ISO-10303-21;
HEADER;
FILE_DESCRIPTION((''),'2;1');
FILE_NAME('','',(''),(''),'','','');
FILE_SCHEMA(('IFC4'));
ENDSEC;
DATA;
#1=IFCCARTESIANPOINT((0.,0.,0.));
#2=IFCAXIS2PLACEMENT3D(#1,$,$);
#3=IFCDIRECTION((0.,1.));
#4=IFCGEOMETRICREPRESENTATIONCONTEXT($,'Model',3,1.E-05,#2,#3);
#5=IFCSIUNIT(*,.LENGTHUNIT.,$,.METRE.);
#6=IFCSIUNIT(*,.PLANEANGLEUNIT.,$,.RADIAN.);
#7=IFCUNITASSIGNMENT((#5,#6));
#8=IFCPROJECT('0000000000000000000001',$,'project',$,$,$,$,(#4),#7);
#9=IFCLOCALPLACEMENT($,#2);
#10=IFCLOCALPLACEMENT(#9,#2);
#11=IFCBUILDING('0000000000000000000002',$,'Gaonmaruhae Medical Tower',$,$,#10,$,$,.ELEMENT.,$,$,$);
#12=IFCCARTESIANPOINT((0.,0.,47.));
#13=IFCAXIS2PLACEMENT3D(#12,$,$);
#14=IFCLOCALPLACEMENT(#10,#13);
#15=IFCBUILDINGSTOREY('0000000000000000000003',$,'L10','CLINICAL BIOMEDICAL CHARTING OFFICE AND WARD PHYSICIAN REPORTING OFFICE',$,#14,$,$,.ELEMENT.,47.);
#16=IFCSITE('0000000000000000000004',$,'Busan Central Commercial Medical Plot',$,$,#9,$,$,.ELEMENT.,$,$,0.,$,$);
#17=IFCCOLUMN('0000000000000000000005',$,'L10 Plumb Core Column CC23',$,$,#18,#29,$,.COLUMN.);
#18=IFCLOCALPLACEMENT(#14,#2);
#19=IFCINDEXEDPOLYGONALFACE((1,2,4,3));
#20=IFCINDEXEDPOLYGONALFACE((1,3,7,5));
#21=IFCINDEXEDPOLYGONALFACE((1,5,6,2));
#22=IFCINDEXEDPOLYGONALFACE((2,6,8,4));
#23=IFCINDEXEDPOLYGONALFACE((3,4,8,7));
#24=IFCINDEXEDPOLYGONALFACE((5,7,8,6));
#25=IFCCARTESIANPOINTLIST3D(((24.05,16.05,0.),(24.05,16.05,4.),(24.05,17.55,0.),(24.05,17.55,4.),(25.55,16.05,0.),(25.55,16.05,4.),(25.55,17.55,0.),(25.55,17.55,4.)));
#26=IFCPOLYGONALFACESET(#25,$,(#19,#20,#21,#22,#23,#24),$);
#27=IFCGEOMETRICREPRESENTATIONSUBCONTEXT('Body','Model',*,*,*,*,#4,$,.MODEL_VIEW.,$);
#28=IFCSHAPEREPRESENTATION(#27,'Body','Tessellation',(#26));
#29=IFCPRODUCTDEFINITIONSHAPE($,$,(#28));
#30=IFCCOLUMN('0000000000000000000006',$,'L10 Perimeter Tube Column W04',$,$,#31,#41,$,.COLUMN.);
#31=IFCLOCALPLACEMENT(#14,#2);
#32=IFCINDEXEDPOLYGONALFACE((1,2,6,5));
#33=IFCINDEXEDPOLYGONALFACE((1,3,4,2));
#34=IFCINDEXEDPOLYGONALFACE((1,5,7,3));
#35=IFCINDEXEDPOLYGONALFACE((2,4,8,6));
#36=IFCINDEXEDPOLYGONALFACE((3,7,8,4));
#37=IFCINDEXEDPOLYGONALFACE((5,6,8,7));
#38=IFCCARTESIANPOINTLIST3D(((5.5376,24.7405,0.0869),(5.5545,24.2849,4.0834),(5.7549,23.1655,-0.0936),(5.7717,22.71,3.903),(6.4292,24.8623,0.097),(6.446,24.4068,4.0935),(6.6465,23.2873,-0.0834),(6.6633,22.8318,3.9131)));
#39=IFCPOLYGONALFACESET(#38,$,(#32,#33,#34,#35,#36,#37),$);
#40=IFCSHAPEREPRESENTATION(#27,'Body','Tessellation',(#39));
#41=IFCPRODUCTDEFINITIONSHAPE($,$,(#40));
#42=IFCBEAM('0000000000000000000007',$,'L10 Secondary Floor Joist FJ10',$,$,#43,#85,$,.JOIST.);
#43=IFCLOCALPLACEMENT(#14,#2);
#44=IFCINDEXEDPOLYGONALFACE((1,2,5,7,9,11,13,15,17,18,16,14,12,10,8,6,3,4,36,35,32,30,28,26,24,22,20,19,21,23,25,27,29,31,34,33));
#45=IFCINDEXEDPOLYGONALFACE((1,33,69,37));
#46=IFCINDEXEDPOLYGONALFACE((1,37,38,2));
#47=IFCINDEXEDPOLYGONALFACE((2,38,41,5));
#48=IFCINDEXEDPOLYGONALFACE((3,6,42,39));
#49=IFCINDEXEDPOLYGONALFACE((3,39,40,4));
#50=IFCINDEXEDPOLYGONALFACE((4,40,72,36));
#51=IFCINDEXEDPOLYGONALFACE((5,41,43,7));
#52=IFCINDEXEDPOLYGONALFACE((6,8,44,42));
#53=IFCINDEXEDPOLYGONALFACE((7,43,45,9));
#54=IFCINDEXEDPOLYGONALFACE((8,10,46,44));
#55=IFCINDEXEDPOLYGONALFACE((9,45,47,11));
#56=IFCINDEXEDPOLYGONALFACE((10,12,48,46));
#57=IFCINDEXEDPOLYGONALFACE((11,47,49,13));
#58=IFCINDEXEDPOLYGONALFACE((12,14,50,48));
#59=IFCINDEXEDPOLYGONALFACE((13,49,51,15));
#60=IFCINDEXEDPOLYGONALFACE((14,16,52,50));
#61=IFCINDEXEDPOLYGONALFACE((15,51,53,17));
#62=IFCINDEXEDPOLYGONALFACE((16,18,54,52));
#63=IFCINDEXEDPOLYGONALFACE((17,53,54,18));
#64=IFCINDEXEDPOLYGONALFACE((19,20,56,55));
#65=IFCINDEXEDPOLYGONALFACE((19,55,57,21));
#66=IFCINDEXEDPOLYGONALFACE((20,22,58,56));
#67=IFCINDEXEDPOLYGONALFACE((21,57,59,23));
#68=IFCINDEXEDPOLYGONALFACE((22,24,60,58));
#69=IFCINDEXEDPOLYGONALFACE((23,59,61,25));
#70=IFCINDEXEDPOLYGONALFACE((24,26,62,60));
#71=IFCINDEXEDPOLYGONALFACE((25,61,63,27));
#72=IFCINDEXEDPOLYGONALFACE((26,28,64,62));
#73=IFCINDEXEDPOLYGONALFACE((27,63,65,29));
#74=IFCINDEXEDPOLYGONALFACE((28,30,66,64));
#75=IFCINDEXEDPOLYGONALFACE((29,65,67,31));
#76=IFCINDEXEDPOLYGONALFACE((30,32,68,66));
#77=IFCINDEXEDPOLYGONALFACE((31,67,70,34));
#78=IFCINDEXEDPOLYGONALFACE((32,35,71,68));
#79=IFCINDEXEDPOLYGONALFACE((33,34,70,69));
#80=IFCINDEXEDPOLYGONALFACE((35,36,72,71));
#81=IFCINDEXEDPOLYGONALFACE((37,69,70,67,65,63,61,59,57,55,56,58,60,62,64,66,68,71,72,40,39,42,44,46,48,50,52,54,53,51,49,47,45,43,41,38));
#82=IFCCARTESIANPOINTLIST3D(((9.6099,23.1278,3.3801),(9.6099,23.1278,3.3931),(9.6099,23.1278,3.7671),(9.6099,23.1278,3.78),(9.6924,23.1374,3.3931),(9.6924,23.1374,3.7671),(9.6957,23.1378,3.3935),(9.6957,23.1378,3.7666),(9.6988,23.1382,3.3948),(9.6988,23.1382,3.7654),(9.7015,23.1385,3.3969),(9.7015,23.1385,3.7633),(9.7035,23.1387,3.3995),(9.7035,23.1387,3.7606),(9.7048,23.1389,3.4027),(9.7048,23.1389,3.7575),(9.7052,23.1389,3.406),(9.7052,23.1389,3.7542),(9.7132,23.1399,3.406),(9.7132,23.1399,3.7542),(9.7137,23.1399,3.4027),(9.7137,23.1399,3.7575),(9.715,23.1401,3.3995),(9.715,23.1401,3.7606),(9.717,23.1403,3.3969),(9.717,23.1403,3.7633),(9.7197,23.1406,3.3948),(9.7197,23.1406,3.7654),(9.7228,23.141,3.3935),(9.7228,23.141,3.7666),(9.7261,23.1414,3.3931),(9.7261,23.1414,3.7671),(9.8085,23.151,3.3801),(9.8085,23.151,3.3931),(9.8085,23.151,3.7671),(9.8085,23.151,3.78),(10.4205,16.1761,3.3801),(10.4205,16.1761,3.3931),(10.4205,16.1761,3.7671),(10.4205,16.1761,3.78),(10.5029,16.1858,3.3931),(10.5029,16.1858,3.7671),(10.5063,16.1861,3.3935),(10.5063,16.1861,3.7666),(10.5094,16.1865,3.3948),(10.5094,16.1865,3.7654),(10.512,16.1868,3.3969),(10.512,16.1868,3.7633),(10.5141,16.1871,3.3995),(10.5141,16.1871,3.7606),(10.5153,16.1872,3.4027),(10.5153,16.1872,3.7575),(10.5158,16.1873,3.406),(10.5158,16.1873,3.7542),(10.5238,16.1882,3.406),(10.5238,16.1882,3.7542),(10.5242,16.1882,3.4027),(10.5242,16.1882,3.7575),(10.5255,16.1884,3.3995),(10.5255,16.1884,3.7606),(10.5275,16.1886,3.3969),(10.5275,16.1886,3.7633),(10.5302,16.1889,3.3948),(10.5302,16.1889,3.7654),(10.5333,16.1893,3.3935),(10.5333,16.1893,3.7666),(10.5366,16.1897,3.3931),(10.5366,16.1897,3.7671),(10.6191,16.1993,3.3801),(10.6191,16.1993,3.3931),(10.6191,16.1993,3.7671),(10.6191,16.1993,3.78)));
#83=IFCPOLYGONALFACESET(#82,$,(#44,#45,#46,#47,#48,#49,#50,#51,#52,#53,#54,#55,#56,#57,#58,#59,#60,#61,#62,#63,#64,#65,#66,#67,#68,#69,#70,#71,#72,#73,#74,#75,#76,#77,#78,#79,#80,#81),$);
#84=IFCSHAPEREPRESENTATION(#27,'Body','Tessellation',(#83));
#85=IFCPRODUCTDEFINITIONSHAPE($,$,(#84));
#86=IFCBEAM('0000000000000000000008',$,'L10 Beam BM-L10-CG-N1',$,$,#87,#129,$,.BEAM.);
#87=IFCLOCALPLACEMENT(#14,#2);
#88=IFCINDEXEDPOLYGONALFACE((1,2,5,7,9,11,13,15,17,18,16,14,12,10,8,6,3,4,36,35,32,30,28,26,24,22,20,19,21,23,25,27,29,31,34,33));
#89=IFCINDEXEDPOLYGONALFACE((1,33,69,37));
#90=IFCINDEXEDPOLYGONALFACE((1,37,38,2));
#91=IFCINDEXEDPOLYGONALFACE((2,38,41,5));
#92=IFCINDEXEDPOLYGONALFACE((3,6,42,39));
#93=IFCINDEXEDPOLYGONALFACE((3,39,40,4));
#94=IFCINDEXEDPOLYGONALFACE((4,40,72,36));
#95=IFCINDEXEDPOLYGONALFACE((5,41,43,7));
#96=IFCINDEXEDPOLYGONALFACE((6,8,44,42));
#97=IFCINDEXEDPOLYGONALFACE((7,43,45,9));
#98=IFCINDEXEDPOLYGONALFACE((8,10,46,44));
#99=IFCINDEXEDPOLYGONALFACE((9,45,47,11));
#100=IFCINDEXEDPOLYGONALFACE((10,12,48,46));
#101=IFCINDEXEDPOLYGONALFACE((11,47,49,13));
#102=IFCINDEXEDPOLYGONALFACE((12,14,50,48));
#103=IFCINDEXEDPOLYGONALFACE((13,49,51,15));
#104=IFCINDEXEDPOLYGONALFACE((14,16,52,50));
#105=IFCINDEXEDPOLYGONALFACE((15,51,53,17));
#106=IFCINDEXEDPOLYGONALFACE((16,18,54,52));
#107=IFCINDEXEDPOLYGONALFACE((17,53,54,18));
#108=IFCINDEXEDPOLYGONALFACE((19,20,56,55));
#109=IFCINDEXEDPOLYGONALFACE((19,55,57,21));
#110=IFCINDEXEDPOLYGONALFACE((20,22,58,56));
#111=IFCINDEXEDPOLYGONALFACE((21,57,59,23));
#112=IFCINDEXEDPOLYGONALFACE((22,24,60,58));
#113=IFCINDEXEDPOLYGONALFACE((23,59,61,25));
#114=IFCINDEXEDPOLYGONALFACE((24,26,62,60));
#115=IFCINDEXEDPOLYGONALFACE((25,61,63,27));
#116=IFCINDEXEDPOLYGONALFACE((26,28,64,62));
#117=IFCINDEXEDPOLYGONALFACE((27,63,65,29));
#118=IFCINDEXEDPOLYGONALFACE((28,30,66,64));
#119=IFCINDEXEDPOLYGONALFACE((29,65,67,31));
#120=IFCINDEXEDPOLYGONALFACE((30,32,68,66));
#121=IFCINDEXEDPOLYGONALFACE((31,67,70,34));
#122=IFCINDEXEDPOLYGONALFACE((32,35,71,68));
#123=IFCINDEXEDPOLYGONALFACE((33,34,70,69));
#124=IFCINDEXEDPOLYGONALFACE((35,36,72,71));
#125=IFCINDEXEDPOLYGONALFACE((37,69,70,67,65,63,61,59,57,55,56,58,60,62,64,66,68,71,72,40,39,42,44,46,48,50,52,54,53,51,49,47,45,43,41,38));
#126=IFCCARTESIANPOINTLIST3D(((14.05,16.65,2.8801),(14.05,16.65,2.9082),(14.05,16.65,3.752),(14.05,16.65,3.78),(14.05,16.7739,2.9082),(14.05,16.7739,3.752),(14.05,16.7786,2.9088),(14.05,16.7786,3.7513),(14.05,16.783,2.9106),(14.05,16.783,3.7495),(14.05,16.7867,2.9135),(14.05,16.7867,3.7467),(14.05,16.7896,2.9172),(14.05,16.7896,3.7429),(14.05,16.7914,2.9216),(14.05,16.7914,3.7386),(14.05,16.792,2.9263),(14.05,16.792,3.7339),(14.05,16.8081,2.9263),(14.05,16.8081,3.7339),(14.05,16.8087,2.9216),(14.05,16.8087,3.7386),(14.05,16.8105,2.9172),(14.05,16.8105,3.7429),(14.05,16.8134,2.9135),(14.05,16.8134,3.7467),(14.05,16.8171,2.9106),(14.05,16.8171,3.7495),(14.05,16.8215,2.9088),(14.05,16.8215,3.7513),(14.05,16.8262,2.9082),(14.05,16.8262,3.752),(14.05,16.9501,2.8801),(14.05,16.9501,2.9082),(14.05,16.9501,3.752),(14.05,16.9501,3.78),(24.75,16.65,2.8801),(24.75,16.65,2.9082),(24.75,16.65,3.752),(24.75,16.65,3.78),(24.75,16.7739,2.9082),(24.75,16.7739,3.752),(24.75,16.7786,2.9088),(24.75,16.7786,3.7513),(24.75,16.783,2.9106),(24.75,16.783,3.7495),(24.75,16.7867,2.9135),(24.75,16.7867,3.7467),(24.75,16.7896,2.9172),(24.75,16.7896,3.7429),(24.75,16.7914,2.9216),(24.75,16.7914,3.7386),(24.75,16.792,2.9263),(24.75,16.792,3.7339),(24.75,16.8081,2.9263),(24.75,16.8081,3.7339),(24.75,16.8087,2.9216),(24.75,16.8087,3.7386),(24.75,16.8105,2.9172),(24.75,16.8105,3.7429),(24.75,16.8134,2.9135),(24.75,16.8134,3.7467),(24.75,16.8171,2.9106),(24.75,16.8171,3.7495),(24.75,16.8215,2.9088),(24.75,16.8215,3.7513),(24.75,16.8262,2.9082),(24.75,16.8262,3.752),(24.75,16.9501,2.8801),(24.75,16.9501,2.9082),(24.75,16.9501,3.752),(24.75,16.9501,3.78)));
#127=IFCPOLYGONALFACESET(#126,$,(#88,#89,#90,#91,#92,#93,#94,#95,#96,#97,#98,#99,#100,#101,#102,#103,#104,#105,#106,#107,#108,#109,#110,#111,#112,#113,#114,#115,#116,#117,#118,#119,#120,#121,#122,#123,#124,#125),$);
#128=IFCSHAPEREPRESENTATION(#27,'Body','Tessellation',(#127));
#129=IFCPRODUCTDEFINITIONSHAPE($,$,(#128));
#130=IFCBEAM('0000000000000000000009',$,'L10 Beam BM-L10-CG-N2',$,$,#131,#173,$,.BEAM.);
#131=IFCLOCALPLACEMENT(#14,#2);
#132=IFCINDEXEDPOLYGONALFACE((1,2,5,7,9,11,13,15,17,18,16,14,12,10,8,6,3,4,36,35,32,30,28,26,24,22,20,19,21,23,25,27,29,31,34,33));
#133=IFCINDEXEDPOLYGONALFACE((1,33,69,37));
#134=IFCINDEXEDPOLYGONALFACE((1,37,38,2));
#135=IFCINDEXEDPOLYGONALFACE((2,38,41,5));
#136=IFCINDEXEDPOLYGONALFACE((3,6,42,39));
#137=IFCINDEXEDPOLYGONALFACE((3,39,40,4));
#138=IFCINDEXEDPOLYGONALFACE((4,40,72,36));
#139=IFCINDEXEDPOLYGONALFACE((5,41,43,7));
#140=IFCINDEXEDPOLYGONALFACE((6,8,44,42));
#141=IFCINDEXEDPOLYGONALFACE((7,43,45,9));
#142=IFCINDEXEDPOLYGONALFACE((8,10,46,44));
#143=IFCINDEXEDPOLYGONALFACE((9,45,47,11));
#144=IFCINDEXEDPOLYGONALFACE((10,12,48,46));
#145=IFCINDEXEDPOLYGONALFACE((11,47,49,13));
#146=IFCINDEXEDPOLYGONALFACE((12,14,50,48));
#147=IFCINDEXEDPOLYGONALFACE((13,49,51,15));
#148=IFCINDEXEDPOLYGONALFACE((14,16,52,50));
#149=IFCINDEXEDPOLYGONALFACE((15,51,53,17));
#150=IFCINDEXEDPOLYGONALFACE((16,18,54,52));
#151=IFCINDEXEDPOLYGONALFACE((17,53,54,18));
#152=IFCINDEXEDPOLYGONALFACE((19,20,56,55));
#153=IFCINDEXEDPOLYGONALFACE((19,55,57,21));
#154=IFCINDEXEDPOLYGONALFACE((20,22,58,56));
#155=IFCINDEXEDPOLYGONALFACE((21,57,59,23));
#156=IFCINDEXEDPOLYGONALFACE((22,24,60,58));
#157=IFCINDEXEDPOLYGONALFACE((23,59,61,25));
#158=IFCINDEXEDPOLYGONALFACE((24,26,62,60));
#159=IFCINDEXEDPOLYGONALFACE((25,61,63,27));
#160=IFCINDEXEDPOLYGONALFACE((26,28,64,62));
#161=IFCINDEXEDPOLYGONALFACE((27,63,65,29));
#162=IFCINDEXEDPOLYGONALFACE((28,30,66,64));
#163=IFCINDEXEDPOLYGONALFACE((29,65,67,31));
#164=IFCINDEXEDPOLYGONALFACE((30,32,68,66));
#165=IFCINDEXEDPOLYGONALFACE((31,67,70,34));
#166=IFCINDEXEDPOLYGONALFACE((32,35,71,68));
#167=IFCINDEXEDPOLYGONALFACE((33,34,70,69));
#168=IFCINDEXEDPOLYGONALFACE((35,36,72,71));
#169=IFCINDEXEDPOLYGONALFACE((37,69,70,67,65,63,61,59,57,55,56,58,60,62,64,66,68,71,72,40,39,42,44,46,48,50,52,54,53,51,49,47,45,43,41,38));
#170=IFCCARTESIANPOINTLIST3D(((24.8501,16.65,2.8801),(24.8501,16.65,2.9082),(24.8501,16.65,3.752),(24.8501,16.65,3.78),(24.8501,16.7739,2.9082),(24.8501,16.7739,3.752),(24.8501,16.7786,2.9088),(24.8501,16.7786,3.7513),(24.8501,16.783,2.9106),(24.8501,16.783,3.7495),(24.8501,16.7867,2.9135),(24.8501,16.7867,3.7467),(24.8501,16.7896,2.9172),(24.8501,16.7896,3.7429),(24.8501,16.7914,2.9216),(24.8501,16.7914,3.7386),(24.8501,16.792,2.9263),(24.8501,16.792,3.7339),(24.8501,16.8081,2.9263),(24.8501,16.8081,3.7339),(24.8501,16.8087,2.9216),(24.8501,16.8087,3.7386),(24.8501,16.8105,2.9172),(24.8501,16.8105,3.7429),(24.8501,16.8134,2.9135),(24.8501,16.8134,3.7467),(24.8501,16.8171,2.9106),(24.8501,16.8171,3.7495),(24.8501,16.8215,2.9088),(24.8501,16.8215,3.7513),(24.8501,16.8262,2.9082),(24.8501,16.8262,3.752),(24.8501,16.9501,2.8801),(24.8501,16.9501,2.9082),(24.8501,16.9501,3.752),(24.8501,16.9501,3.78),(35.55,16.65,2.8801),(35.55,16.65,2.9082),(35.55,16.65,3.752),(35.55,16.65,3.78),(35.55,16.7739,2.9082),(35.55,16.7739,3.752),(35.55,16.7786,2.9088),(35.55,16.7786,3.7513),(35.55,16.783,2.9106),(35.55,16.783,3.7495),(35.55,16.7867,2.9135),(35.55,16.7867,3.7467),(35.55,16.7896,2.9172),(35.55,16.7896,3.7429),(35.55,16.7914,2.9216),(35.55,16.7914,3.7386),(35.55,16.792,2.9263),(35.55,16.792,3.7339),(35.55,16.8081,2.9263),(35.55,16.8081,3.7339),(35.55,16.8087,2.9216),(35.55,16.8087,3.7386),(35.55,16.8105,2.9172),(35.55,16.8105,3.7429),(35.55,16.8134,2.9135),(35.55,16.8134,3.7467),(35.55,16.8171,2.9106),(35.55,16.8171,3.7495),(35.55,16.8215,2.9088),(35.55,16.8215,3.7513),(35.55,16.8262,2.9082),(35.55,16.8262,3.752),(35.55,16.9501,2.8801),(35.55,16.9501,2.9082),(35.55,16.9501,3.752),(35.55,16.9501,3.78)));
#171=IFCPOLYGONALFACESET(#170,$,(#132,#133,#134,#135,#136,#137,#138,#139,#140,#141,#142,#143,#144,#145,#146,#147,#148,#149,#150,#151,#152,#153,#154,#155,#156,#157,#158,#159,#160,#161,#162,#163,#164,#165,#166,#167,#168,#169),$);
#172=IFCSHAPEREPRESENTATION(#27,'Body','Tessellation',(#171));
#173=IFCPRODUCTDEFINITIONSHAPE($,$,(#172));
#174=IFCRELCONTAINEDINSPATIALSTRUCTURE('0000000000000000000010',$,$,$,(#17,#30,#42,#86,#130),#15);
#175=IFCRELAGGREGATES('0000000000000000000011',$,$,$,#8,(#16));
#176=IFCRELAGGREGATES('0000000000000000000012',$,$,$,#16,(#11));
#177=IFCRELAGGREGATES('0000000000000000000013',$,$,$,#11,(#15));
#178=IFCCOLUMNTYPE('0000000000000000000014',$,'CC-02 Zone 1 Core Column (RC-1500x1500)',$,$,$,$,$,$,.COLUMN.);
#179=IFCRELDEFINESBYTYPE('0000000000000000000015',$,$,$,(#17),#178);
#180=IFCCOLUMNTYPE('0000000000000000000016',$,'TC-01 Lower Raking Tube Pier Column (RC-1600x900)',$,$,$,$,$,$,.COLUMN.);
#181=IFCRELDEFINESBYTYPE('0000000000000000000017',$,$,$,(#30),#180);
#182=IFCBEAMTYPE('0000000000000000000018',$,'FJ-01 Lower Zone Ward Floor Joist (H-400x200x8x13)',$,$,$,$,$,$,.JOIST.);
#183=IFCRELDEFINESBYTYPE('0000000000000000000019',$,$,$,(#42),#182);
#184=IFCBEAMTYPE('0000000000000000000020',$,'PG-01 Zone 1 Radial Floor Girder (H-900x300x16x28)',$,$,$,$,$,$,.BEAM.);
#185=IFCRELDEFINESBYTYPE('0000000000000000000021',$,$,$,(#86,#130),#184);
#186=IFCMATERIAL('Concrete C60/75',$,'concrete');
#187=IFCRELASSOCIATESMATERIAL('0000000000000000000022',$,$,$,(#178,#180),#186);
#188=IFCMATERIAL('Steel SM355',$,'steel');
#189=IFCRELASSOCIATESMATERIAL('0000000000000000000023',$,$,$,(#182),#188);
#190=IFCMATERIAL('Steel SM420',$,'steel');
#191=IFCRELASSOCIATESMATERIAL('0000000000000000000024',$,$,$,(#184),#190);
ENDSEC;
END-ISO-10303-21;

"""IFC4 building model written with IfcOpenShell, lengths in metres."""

from ifc_helpers import new_model, si_unit, direction, frame, origin, origin_2d, place, context, subcontext, project, spatial, rectangle, i_section, extrude, material, material_profile, profile_set, type_object, element, save


model = new_model("IFC4")

# Units and contexts
model_context = context("Model", 3, precision=1e-05, world=origin(), true_north=direction((0.0, 1.0)))
body_context = subcontext(model_context, "Body", "Model", "MODEL_VIEW")
ifc_project = project(units=[si_unit("LENGTHUNIT", "METRE"), si_unit("PLANEANGLEUNIT", "RADIAN")], contexts=[model_context])

# Site, building, storey
site_placement = place(None, origin())
site = spatial("IfcSite", under=ifc_project, at=site_placement, Name="Busan Central Commercial Medical Plot", CompositionType="ELEMENT", RefElevation=0.0)
building_placement = place(site_placement, origin())
building = spatial("IfcBuilding", under=site, at=building_placement, Name="Gaonmaruhae Medical Tower", CompositionType="ELEMENT")
storey_placement = place(building_placement, frame((0.0, 0.0, 47.0)))
storey = spatial("IfcBuildingStorey", under=building, at=storey_placement, Name="L10", Description="CLINICAL BIOMEDICAL CHARTING OFFICE AND WARD PHYSICIAN REPORTING OFFICE", CompositionType="ELEMENT", Elevation=47.0)

# Columns
ifc_material_1 = material(Name="Concrete C60/75", Category="concrete")
ifc_material_profile_1 = material_profile(ifc_material_1, rectangle(XDim=1.5, YDim=1.5, at=origin_2d()), Name="RC-1500x1500")
ifc_profile_set_1 = profile_set([ifc_material_profile_1], Name="Concrete C60/75")
column_type_1 = type_object("IfcColumnType", Name="CC-02 Zone 1 Core Column (RC-1500x1500)", PredefinedType="COLUMN", material=ifc_profile_set_1)
column_1_placement = place(storey_placement, frame((24.8, 16.8, 0.0), z_axis=(0.0, 0.0, 1.0), x_axis=(1.0, 0.0, 0.0)))
element("IfcColumn", 1, at=column_1_placement, inside=storey, type_object=column_type_1, Name="L10 Plumb Core Column CC23", PredefinedType="COLUMN", context=body_context, shape_type="SweptSolid", body=[
    extrude(rectangle(XDim=1.5, YDim=1.5, at=origin_2d()), origin(), (0.0, 0.0, 1.0), 4.0),
])
ifc_material_profile_2 = material_profile(ifc_material_1, rectangle(XDim=1.6001, YDim=0.8999, at=origin_2d()), Name="RC-1600x900")
ifc_profile_set_2 = profile_set([ifc_material_profile_2], Name="Concrete C60/75")
column_type_2 = type_object("IfcColumnType", Name="TC-01 Lower Raking Tube Pier Column (RC-1600x900)", PredefinedType="COLUMN", material=ifc_profile_set_2)
column_2_placement = place(storey_placement, frame((6.092, 24.0139, 0.0017), z_axis=(0.004188, -0.113255, 0.993557), x_axis=(-0.135785, 0.984299, 0.112772)))
element("IfcColumn", 2, at=column_2_placement, inside=storey, type_object=column_type_2, Name="L10 Perimeter Tube Column W04", PredefinedType="COLUMN", context=body_context, shape_type="SweptSolid", body=[
    extrude(rectangle(XDim=1.6001, YDim=0.8999, at=origin_2d()), origin(), (0.0, 0.0, 1.0), 4.0225),
])

# Beams
ifc_material_2 = material(Name="Steel SM355", Category="steel")
ifc_material_profile_3 = material_profile(ifc_material_2, i_section(OverallWidth=0.2, OverallDepth=0.3999, WebThickness=0.0081, FlangeThickness=0.0129, FilletRadius=0.0129, at=origin_2d()), Name="H-400x200x8x13")
ifc_profile_set_3 = profile_set([ifc_material_profile_3], Name="Steel SM355")
beam_type_1 = type_object("IfcBeamType", Name="FJ-01 Lower Zone Ward Floor Joist (H-400x200x8x13)", PredefinedType="JOIST", material=ifc_profile_set_3)
beam_1_placement = place(storey_placement, frame((9.7092, 23.1394, 3.5801), z_axis=(0.115813, -0.993271, 0.0), x_axis=(0.993271, 0.115813, 0.0)))
element("IfcBeam", 3, at=beam_1_placement, inside=storey, type_object=beam_type_1, Name="L10 Secondary Floor Joist FJ10", PredefinedType="JOIST", context=body_context, shape_type="SweptSolid", body=[
    extrude(i_section(OverallWidth=0.2, OverallDepth=0.3999, WebThickness=0.0081, FlangeThickness=0.0129, FilletRadius=0.0129, at=origin_2d()), origin(), (0.0, 0.0, 1.0), 6.9988),
])
ifc_material_3 = material(Name="Steel SM420", Category="steel")
ifc_material_profile_4 = material_profile(ifc_material_3, i_section(OverallWidth=0.3, OverallDepth=0.8999, WebThickness=0.0161, FlangeThickness=0.0281, FilletRadius=0.0181, at=origin_2d()), Name="H-900x300x16x28")
ifc_profile_set_4 = profile_set([ifc_material_profile_4], Name="Steel SM420")
beam_type_2 = type_object("IfcBeamType", Name="PG-01 Zone 1 Radial Floor Girder (H-900x300x16x28)", PredefinedType="BEAM", material=ifc_profile_set_4)
for number, where, z_axis, x_axis, name in (
    (4, (14.05, 16.8, 3.3301), (1.0, 0.0, 0.0), (0.0, 1.0, 0.0), "L10 Beam BM-L10-CG-N1"),
    (5, (24.8501, 16.8, 3.3301), (1.0, 0.0, 0.0), (0.0, 1.0, 0.0), "L10 Beam BM-L10-CG-N2"),
):
    element("IfcBeam", number, at=place(storey_placement, frame(where, z_axis=z_axis, x_axis=x_axis)), inside=storey, type_object=beam_type_2, Name=name, PredefinedType="BEAM", context=body_context, shape_type="SweptSolid", body=[
        extrude(i_section(OverallWidth=0.3, OverallDepth=0.8999, WebThickness=0.0161, FlangeThickness=0.0281, FilletRadius=0.0181, at=origin_2d()), origin(), (0.0, 0.0, 1.0), 10.7),
    ])

save(model, "model.ifc")
